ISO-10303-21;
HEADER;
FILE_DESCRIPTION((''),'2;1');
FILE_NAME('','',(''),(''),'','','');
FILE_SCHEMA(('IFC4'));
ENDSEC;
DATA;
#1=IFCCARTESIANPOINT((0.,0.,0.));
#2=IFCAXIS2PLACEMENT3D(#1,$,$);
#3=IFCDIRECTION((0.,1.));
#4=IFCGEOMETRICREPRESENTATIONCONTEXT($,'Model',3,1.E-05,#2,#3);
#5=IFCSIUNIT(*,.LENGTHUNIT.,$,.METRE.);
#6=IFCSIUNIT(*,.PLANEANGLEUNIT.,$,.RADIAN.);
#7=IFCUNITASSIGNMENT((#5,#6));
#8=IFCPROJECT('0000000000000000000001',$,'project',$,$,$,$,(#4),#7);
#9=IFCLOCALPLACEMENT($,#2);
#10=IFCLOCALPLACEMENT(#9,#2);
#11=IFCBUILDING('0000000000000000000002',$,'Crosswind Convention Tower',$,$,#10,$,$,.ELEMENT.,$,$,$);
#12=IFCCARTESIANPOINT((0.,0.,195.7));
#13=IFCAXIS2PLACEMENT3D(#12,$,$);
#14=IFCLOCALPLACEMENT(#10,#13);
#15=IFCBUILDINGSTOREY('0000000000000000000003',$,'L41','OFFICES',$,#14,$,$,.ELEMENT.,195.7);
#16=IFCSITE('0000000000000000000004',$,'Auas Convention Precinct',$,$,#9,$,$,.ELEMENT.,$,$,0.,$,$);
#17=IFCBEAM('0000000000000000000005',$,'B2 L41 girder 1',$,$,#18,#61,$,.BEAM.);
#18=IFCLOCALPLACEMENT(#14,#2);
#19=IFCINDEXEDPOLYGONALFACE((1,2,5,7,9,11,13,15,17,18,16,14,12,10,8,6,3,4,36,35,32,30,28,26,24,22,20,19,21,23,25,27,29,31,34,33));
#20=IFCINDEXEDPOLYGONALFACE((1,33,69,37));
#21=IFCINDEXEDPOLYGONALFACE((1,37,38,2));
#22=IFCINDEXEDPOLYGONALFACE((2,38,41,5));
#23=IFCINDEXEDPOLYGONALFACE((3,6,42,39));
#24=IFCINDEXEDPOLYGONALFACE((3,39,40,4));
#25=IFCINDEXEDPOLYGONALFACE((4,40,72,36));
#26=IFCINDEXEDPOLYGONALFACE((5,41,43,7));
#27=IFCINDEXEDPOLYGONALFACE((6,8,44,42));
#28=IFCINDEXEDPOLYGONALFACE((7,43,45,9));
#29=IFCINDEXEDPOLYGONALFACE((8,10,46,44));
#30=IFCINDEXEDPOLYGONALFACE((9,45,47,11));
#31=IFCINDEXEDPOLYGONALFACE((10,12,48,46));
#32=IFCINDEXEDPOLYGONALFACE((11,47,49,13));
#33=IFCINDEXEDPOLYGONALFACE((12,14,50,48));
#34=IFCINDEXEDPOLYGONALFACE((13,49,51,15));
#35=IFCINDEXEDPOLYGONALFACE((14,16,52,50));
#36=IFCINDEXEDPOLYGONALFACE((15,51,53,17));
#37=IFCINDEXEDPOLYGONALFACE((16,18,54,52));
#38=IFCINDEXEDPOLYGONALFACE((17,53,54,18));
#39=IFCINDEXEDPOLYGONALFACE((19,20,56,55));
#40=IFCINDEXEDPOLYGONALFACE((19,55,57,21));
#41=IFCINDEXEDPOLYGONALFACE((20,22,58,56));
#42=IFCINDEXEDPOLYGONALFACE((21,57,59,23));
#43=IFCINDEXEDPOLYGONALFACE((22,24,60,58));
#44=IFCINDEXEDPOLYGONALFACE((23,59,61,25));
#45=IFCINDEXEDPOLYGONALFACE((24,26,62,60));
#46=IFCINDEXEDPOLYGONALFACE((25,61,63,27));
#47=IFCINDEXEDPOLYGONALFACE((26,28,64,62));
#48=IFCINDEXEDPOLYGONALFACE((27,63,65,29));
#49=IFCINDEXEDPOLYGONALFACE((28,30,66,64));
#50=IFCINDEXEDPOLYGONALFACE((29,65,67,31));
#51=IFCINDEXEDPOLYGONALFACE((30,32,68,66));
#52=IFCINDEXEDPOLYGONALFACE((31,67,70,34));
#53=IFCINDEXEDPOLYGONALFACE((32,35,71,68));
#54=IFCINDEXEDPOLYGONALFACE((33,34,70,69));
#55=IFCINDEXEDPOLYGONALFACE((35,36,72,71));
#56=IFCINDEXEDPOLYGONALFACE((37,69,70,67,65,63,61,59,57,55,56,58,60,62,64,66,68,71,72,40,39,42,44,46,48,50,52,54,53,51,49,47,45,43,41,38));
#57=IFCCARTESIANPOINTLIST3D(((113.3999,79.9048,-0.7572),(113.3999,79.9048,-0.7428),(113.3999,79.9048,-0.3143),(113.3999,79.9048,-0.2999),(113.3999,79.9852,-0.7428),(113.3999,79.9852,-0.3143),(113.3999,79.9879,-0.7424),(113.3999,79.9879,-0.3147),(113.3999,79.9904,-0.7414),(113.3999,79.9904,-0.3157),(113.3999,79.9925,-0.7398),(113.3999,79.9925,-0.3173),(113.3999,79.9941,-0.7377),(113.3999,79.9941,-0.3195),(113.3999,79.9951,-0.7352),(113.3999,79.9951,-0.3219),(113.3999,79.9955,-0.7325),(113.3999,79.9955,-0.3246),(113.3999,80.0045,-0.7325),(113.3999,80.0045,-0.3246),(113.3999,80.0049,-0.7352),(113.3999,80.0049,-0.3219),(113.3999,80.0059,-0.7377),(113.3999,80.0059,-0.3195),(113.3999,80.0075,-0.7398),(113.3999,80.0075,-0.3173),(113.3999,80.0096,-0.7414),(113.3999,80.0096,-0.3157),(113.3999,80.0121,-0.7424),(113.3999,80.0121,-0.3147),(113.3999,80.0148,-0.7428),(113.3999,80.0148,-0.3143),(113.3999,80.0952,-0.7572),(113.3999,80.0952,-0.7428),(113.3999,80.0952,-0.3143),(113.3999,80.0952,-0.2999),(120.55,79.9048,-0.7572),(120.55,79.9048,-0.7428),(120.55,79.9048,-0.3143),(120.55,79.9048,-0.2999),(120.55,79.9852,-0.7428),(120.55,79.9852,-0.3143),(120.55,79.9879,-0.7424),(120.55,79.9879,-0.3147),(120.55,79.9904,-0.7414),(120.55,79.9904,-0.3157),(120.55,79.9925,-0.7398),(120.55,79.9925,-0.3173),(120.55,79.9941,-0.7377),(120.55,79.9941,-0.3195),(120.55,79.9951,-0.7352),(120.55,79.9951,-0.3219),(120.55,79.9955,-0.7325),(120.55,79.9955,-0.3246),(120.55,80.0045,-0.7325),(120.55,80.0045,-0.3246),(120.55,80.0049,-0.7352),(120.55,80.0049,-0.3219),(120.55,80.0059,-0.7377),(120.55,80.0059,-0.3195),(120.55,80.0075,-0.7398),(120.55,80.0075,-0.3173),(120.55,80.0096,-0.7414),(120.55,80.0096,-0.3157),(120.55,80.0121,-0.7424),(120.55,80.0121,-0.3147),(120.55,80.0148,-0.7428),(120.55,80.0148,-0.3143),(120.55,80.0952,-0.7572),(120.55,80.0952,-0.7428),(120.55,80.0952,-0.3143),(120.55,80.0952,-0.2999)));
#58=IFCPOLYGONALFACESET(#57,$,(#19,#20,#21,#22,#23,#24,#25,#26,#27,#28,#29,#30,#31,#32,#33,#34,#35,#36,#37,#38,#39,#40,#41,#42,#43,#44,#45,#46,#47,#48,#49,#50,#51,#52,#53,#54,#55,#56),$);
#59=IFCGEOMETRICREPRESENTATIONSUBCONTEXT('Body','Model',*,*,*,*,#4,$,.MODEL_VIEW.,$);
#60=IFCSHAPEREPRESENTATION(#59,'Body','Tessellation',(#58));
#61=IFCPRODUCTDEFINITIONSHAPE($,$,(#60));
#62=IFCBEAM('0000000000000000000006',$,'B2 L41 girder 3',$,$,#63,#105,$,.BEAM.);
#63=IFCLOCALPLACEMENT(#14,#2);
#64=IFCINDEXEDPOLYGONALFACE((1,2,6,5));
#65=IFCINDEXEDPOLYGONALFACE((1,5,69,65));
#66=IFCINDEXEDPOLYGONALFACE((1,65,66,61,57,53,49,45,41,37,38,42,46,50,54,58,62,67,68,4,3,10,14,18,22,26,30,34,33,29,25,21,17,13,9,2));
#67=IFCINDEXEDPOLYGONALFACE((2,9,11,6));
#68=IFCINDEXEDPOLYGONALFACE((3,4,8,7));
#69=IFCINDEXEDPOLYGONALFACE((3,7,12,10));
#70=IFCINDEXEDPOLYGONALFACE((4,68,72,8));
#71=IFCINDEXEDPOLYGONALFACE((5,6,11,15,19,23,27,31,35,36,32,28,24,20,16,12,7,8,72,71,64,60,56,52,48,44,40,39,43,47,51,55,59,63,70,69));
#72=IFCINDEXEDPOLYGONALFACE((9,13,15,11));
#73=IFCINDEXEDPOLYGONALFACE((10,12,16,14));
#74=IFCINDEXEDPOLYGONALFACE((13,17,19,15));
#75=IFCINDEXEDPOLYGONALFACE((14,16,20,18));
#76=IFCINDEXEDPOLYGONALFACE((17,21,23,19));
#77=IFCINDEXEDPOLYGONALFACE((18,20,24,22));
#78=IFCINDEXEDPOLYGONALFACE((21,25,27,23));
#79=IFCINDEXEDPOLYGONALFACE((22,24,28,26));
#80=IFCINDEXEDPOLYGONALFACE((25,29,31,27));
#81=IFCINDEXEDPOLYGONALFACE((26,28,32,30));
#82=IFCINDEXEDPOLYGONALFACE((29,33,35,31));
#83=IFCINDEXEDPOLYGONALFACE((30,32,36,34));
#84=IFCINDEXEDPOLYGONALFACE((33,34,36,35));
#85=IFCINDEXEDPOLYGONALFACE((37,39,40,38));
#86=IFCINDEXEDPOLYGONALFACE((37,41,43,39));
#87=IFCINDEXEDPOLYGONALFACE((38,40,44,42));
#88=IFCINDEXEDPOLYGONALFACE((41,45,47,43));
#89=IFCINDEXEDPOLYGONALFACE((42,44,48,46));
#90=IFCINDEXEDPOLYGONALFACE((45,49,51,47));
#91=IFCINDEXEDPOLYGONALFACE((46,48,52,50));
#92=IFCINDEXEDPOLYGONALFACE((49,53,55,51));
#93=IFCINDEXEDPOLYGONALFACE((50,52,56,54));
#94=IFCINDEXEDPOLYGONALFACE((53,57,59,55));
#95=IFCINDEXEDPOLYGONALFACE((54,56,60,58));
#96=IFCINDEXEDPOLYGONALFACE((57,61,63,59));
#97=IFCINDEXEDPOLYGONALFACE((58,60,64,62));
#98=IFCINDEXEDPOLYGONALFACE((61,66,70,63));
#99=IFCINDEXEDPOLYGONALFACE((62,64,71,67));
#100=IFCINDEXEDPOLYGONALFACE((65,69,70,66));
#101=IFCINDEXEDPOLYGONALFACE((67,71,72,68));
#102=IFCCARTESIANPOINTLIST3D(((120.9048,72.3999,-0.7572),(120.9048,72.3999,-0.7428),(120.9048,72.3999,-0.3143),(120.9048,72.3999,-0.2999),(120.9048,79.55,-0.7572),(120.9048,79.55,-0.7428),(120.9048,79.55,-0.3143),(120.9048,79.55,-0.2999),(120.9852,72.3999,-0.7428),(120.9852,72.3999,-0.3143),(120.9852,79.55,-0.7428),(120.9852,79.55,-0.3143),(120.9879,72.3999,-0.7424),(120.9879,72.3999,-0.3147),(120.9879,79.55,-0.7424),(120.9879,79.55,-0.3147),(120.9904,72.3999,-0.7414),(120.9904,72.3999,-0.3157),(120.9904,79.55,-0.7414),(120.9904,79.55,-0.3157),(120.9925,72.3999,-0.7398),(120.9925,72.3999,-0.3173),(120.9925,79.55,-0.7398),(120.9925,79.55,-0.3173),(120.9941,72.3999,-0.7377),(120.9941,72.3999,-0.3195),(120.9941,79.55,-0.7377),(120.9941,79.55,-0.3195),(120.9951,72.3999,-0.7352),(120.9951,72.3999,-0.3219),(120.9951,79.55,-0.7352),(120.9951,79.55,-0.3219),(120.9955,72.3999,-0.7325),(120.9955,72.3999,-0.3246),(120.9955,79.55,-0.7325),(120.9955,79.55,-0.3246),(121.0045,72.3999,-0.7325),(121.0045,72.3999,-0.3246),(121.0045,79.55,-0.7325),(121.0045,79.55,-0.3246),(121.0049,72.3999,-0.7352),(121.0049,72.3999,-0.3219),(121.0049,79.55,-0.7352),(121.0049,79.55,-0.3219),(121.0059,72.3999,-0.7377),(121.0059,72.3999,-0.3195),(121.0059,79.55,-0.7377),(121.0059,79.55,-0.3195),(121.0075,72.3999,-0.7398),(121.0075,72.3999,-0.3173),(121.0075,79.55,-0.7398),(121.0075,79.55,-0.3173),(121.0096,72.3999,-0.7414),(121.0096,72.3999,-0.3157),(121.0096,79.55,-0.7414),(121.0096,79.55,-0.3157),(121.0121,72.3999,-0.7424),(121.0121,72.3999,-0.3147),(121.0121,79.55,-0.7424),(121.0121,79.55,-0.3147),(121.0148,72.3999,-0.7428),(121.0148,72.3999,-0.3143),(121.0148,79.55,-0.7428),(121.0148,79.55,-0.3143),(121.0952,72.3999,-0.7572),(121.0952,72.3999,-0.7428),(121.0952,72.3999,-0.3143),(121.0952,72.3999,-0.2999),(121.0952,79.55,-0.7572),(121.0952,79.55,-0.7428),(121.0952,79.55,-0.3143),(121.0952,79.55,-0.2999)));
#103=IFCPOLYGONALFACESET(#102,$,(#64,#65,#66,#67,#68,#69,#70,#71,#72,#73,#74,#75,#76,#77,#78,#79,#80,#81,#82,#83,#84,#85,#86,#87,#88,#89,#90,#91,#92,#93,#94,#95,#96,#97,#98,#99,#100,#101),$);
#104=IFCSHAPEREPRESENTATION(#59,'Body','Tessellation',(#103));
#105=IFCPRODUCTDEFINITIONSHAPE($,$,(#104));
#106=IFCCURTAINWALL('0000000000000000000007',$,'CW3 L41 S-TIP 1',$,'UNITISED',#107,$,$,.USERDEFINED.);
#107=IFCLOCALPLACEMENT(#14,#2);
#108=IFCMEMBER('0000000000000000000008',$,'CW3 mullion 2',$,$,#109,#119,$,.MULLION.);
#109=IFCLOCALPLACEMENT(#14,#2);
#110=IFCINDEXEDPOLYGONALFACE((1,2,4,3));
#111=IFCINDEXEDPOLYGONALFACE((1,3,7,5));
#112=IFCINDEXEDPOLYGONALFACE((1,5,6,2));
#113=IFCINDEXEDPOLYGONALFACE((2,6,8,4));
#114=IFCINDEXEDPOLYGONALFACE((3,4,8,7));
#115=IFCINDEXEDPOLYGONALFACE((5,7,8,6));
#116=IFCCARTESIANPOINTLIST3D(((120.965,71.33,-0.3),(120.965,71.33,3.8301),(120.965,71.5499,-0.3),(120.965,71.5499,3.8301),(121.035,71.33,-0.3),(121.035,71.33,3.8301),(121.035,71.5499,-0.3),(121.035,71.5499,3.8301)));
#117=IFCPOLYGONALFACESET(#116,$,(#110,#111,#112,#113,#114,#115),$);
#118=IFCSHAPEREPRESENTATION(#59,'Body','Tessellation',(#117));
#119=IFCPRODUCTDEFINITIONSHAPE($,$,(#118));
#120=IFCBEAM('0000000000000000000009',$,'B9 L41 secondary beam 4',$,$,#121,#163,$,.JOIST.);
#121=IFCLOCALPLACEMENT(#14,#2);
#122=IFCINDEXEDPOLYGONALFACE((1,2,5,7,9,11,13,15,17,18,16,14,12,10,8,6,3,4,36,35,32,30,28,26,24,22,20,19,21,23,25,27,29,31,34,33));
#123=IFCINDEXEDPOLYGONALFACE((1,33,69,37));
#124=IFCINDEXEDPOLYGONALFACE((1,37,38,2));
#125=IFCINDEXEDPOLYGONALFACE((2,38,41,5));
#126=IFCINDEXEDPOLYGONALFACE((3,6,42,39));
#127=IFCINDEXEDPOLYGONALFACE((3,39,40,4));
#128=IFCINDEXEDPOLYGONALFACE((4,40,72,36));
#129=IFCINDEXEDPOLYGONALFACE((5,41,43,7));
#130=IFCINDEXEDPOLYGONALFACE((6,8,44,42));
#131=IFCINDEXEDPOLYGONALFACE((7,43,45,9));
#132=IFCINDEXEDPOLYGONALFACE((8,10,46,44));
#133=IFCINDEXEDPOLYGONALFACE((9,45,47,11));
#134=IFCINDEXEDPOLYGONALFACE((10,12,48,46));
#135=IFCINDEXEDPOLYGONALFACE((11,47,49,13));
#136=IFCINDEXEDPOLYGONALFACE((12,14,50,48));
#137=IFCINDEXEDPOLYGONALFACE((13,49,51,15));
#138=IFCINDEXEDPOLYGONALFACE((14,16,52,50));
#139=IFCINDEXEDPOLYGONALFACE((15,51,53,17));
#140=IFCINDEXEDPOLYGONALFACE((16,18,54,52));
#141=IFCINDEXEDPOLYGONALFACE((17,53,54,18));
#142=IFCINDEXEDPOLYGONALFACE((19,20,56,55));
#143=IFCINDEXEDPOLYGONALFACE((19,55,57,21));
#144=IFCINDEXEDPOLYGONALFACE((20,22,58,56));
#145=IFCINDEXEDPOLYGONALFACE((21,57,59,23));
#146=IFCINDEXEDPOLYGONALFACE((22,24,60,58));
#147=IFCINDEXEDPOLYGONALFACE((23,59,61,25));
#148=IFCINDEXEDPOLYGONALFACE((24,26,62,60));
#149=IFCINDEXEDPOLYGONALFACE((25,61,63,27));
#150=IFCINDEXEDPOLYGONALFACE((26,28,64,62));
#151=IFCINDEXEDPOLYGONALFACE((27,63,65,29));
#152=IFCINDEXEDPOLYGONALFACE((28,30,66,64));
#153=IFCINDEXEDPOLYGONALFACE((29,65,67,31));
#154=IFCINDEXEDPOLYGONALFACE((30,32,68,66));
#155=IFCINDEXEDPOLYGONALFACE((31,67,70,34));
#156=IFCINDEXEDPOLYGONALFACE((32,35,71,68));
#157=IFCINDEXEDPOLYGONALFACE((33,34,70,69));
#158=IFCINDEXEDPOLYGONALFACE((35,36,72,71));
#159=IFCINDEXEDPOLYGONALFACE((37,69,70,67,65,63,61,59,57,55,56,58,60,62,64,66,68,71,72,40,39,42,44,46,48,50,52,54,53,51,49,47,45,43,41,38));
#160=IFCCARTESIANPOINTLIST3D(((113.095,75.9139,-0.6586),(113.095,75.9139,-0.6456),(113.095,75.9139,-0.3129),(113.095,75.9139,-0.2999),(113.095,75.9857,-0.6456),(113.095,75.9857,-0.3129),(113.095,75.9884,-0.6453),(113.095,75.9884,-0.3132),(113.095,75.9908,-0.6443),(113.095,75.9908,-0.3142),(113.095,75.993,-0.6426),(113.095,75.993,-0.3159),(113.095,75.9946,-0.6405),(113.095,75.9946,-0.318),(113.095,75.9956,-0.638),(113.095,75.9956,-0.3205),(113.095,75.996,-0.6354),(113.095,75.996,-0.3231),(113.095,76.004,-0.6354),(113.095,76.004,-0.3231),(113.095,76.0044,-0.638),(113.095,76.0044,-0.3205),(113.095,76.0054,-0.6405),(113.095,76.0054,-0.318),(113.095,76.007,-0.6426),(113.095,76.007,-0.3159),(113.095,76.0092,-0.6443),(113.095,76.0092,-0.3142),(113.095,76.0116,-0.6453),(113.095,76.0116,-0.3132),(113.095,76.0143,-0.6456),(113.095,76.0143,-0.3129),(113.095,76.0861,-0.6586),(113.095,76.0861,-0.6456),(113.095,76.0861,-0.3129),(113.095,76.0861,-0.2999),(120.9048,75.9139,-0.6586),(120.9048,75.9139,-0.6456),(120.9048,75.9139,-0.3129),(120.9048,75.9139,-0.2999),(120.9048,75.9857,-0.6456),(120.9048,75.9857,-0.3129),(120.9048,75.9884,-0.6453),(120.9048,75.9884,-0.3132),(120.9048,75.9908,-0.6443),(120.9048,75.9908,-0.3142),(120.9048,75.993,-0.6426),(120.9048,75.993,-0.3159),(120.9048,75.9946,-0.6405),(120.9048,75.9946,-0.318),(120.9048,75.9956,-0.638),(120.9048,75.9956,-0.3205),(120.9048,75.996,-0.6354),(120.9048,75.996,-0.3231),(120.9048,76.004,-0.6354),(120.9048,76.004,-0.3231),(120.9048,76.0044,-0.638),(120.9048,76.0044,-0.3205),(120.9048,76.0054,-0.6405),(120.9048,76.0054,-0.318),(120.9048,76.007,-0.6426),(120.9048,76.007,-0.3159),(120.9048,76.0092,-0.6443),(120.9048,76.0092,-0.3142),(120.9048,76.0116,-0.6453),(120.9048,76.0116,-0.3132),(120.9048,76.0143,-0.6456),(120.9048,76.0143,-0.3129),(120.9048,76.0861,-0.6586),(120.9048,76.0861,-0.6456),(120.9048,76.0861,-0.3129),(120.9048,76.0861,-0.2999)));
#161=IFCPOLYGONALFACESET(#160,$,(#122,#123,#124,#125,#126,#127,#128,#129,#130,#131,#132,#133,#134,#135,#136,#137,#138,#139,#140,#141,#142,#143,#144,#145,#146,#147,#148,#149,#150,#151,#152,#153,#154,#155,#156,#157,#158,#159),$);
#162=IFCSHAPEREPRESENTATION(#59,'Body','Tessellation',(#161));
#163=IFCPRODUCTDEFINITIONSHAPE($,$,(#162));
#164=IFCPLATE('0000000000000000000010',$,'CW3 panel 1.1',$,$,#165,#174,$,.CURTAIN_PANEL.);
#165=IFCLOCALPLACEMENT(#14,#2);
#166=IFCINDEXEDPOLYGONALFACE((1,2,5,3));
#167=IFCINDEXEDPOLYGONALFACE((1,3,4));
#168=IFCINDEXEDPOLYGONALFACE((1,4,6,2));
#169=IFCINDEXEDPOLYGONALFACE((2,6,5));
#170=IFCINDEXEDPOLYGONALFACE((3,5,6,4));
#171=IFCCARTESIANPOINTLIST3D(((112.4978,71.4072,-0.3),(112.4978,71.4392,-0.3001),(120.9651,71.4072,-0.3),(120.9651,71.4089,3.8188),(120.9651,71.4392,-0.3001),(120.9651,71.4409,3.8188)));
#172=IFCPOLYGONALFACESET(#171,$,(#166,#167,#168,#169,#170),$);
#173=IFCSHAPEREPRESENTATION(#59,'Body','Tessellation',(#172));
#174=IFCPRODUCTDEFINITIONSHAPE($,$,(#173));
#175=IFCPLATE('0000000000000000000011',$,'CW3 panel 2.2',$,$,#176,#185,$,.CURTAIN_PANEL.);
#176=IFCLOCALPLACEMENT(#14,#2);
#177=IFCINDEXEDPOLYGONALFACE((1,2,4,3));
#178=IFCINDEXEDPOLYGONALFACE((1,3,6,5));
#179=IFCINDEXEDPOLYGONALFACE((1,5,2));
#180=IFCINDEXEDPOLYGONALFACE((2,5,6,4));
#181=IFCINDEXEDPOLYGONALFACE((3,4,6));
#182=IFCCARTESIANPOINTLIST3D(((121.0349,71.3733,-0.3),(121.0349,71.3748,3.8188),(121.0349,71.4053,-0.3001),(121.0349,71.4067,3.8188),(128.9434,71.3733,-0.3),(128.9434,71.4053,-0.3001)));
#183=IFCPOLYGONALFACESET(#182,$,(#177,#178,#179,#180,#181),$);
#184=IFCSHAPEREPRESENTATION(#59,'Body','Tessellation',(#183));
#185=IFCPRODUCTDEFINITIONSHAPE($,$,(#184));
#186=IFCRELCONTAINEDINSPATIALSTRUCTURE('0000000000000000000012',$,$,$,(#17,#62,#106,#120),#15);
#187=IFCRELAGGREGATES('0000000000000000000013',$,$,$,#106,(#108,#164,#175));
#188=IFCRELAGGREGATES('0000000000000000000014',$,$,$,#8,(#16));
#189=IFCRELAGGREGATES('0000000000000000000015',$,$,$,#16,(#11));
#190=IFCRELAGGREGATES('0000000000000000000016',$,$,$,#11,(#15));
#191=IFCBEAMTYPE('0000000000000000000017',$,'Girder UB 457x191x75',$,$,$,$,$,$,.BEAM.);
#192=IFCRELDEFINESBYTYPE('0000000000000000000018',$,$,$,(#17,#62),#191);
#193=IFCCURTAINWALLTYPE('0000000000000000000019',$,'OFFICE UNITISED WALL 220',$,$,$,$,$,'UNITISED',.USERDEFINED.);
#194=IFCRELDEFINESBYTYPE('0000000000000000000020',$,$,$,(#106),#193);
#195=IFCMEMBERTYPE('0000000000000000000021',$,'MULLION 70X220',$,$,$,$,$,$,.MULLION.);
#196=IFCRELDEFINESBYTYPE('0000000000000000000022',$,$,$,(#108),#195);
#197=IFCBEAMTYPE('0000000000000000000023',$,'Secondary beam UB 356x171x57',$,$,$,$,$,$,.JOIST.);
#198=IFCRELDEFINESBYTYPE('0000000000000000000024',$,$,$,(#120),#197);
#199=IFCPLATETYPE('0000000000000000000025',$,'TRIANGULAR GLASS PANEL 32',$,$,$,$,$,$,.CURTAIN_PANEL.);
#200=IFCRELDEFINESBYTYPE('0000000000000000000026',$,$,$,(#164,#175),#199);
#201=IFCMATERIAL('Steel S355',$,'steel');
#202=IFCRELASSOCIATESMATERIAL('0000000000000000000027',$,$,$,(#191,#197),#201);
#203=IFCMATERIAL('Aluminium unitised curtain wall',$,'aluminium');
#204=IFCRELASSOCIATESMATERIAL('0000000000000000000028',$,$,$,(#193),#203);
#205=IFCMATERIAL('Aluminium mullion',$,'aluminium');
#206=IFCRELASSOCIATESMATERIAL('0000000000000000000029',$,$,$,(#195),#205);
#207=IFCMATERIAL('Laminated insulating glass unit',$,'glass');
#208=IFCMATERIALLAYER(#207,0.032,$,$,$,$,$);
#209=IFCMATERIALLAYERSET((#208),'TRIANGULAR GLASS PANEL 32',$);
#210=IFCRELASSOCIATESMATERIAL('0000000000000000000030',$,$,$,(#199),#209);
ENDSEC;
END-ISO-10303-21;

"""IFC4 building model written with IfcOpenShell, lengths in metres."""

from ifc_helpers import new_model, si_unit, direction, frame, origin, origin_2d, place, context, subcontext, project, spatial, polyline, rectangle, i_section, outline, extrude, material, layer, layer_set, material_profile, profile_set, type_object, element, aggregate, save


model = new_model("IFC4")

# Units and contexts
model_context = context("Model", 3, precision=1e-05, world=origin(), true_north=direction((0.0, 1.0)))
body_context = subcontext(model_context, "Body", "Model", "MODEL_VIEW")
ifc_project = project(units=[si_unit("LENGTHUNIT", "METRE"), si_unit("PLANEANGLEUNIT", "RADIAN")], contexts=[model_context])

# Site, building, storey
site_placement = place(None, origin())
site = spatial("IfcSite", under=ifc_project, at=site_placement, Name="Auas Convention Precinct", CompositionType="ELEMENT", RefElevation=0.0)
building_placement = place(site_placement, origin())
building = spatial("IfcBuilding", under=site, at=building_placement, Name="Crosswind Convention Tower", CompositionType="ELEMENT")
storey_placement = place(building_placement, frame((0.0, 0.0, 195.7)))
storey = spatial("IfcBuildingStorey", under=building, at=storey_placement, Name="L41", Description="OFFICES", CompositionType="ELEMENT", Elevation=195.7)

# Beams
ifc_material_1 = material(Name="Steel S355", Category="steel")
ifc_material_profile_1 = material_profile(ifc_material_1, i_section(OverallWidth=0.1904, OverallDepth=0.4573, WebThickness=0.009, FlangeThickness=0.0144, FilletRadius=0.0103, at=origin_2d()), Name="UB 457x191x75")
ifc_profile_set_1 = profile_set([ifc_material_profile_1], Name="Steel S355")
beam_type_1 = type_object("IfcBeamType", Name="Girder UB 457x191x75", PredefinedType="BEAM", material=ifc_profile_set_1)
for number, where, z_axis, x_axis, name in (
    (1, (113.3999, 80.0, -0.5286), (1.0, 0.0, 0.0), (0.0, 1.0, 0.0), "B2 L41 girder 1"),
    (2, (121.0, 72.3999, -0.5286), (0.0, 1.0, 0.0), (-1.0, 0.0, 0.0), "B2 L41 girder 3"),
):
    element("IfcBeam", number, at=place(storey_placement, frame(where, z_axis=z_axis, x_axis=x_axis)), inside=storey, type_object=beam_type_1, Name=name, PredefinedType="BEAM", context=body_context, shape_type="SweptSolid", body=[
        extrude(i_section(OverallWidth=0.1904, OverallDepth=0.4573, WebThickness=0.009, FlangeThickness=0.0144, FilletRadius=0.0103, at=origin_2d()), origin(), (0.0, 0.0, 1.0), 7.1501),
    ])

# Curtain wall, member
ifc_material_2 = material(Name="Aluminium unitised curtain wall", Category="aluminium")
curtain_wall_type = type_object("IfcCurtainWallType", Name="OFFICE UNITISED WALL 220", ElementType="UNITISED", PredefinedType="USERDEFINED", material=ifc_material_2)
curtain_wall_placement = place(storey_placement, origin())
curtain_wall = element("IfcCurtainWall", 3, at=curtain_wall_placement, inside=storey, type_object=curtain_wall_type, Name="CW3 L41 S-TIP 1", ObjectType="UNITISED", PredefinedType="USERDEFINED")
ifc_material_3 = material(Name="Aluminium mullion", Category="aluminium")
ifc_material_profile_2 = material_profile(ifc_material_3, rectangle(XDim=0.22, YDim=0.0701, at=origin_2d()), Name="AL 220X70")
ifc_profile_set_2 = profile_set([ifc_material_profile_2], Name="Aluminium mullion")
member_type = type_object("IfcMemberType", Name="MULLION 70X220", PredefinedType="MULLION", material=ifc_profile_set_2)
member_placement = place(storey_placement, frame((121.0, 71.4399, -0.3), z_axis=(0.0, 0.0, 1.0), x_axis=(0.0, -1.0, 0.0)))
member = element("IfcMember", 4, at=member_placement, type_object=member_type, Name="CW3 mullion 2", PredefinedType="MULLION", context=body_context, shape_type="SweptSolid", body=[
    extrude(rectangle(XDim=0.22, YDim=0.0701, at=origin_2d()), origin(), (0.0, 0.0, 1.0), 4.1301),
])

# Beam
ifc_material_profile_3 = material_profile(ifc_material_1, i_section(OverallWidth=0.1721, OverallDepth=0.3586, WebThickness=0.0081, FlangeThickness=0.0129, FilletRadius=0.0103, at=origin_2d()), Name="UB 356x171x57")
ifc_profile_set_3 = profile_set([ifc_material_profile_3], Name="Steel S355")
beam_type_2 = type_object("IfcBeamType", Name="Secondary beam UB 356x171x57", PredefinedType="JOIST", material=ifc_profile_set_3)
beam_placement = place(storey_placement, frame((113.095, 76.0, -0.4792), z_axis=(1.0, 0.0, 0.0), x_axis=(0.0, 1.0, 0.0)))
element("IfcBeam", 5, at=beam_placement, inside=storey, type_object=beam_type_2, Name="B9 L41 secondary beam 4", PredefinedType="JOIST", context=body_context, shape_type="SweptSolid", body=[
    extrude(i_section(OverallWidth=0.1721, OverallDepth=0.3586, WebThickness=0.0081, FlangeThickness=0.0129, FilletRadius=0.0103, at=origin_2d()), origin(), (0.0, 0.0, 1.0), 7.8098),
])

# Plates
ifc_material_4 = material(Name="Laminated insulating glass unit", Category="glass")
ifc_layer_1 = layer(ifc_material_4, 0.032)
ifc_layer_set_1 = layer_set([ifc_layer_1], Name="TRIANGULAR GLASS PANEL 32")
plate_type = type_object("IfcPlateType", Name="TRIANGULAR GLASS PANEL 32", PredefinedType="CURTAIN_PANEL", material=ifc_layer_set_1)
plate_1_placement = place(storey_placement, frame((120.9651, 71.4072, -0.3), z_axis=(0.0, -1.0, 0.000415), x_axis=(0.0, 0.000415, 1.0)))
plate_1 = element("IfcPlate", 6, at=plate_1_placement, type_object=plate_type, Name="CW3 panel 1.1", PredefinedType="CURTAIN_PANEL", context=body_context, shape_type="SweptSolid", body=[
    extrude(outline(polyline([(0.0, 0.0), (4.1189, 0.0), (0.0, 8.4673), (0.0, 0.0)])), origin(), (0.0, 0.0, -1.0), 0.032),
])
plate_2_placement = place(storey_placement, frame((121.0349, 71.3733, -0.3), z_axis=(0.0, -1.0, 0.000356), x_axis=(1.0, 0.0, 0.0)))
plate_2 = element("IfcPlate", 7, at=plate_2_placement, type_object=plate_type, Name="CW3 panel 2.2", PredefinedType="CURTAIN_PANEL", context=body_context, shape_type="SweptSolid", body=[
    extrude(outline(polyline([(0.0, 0.0), (7.9084, 0.0), (0.0, 4.1189), (0.0, 0.0)])), origin(), (0.0, 0.0, -1.0), 0.032),
])
aggregate(curtain_wall, [member, plate_1, plate_2])

save(model, "model.ifc")
